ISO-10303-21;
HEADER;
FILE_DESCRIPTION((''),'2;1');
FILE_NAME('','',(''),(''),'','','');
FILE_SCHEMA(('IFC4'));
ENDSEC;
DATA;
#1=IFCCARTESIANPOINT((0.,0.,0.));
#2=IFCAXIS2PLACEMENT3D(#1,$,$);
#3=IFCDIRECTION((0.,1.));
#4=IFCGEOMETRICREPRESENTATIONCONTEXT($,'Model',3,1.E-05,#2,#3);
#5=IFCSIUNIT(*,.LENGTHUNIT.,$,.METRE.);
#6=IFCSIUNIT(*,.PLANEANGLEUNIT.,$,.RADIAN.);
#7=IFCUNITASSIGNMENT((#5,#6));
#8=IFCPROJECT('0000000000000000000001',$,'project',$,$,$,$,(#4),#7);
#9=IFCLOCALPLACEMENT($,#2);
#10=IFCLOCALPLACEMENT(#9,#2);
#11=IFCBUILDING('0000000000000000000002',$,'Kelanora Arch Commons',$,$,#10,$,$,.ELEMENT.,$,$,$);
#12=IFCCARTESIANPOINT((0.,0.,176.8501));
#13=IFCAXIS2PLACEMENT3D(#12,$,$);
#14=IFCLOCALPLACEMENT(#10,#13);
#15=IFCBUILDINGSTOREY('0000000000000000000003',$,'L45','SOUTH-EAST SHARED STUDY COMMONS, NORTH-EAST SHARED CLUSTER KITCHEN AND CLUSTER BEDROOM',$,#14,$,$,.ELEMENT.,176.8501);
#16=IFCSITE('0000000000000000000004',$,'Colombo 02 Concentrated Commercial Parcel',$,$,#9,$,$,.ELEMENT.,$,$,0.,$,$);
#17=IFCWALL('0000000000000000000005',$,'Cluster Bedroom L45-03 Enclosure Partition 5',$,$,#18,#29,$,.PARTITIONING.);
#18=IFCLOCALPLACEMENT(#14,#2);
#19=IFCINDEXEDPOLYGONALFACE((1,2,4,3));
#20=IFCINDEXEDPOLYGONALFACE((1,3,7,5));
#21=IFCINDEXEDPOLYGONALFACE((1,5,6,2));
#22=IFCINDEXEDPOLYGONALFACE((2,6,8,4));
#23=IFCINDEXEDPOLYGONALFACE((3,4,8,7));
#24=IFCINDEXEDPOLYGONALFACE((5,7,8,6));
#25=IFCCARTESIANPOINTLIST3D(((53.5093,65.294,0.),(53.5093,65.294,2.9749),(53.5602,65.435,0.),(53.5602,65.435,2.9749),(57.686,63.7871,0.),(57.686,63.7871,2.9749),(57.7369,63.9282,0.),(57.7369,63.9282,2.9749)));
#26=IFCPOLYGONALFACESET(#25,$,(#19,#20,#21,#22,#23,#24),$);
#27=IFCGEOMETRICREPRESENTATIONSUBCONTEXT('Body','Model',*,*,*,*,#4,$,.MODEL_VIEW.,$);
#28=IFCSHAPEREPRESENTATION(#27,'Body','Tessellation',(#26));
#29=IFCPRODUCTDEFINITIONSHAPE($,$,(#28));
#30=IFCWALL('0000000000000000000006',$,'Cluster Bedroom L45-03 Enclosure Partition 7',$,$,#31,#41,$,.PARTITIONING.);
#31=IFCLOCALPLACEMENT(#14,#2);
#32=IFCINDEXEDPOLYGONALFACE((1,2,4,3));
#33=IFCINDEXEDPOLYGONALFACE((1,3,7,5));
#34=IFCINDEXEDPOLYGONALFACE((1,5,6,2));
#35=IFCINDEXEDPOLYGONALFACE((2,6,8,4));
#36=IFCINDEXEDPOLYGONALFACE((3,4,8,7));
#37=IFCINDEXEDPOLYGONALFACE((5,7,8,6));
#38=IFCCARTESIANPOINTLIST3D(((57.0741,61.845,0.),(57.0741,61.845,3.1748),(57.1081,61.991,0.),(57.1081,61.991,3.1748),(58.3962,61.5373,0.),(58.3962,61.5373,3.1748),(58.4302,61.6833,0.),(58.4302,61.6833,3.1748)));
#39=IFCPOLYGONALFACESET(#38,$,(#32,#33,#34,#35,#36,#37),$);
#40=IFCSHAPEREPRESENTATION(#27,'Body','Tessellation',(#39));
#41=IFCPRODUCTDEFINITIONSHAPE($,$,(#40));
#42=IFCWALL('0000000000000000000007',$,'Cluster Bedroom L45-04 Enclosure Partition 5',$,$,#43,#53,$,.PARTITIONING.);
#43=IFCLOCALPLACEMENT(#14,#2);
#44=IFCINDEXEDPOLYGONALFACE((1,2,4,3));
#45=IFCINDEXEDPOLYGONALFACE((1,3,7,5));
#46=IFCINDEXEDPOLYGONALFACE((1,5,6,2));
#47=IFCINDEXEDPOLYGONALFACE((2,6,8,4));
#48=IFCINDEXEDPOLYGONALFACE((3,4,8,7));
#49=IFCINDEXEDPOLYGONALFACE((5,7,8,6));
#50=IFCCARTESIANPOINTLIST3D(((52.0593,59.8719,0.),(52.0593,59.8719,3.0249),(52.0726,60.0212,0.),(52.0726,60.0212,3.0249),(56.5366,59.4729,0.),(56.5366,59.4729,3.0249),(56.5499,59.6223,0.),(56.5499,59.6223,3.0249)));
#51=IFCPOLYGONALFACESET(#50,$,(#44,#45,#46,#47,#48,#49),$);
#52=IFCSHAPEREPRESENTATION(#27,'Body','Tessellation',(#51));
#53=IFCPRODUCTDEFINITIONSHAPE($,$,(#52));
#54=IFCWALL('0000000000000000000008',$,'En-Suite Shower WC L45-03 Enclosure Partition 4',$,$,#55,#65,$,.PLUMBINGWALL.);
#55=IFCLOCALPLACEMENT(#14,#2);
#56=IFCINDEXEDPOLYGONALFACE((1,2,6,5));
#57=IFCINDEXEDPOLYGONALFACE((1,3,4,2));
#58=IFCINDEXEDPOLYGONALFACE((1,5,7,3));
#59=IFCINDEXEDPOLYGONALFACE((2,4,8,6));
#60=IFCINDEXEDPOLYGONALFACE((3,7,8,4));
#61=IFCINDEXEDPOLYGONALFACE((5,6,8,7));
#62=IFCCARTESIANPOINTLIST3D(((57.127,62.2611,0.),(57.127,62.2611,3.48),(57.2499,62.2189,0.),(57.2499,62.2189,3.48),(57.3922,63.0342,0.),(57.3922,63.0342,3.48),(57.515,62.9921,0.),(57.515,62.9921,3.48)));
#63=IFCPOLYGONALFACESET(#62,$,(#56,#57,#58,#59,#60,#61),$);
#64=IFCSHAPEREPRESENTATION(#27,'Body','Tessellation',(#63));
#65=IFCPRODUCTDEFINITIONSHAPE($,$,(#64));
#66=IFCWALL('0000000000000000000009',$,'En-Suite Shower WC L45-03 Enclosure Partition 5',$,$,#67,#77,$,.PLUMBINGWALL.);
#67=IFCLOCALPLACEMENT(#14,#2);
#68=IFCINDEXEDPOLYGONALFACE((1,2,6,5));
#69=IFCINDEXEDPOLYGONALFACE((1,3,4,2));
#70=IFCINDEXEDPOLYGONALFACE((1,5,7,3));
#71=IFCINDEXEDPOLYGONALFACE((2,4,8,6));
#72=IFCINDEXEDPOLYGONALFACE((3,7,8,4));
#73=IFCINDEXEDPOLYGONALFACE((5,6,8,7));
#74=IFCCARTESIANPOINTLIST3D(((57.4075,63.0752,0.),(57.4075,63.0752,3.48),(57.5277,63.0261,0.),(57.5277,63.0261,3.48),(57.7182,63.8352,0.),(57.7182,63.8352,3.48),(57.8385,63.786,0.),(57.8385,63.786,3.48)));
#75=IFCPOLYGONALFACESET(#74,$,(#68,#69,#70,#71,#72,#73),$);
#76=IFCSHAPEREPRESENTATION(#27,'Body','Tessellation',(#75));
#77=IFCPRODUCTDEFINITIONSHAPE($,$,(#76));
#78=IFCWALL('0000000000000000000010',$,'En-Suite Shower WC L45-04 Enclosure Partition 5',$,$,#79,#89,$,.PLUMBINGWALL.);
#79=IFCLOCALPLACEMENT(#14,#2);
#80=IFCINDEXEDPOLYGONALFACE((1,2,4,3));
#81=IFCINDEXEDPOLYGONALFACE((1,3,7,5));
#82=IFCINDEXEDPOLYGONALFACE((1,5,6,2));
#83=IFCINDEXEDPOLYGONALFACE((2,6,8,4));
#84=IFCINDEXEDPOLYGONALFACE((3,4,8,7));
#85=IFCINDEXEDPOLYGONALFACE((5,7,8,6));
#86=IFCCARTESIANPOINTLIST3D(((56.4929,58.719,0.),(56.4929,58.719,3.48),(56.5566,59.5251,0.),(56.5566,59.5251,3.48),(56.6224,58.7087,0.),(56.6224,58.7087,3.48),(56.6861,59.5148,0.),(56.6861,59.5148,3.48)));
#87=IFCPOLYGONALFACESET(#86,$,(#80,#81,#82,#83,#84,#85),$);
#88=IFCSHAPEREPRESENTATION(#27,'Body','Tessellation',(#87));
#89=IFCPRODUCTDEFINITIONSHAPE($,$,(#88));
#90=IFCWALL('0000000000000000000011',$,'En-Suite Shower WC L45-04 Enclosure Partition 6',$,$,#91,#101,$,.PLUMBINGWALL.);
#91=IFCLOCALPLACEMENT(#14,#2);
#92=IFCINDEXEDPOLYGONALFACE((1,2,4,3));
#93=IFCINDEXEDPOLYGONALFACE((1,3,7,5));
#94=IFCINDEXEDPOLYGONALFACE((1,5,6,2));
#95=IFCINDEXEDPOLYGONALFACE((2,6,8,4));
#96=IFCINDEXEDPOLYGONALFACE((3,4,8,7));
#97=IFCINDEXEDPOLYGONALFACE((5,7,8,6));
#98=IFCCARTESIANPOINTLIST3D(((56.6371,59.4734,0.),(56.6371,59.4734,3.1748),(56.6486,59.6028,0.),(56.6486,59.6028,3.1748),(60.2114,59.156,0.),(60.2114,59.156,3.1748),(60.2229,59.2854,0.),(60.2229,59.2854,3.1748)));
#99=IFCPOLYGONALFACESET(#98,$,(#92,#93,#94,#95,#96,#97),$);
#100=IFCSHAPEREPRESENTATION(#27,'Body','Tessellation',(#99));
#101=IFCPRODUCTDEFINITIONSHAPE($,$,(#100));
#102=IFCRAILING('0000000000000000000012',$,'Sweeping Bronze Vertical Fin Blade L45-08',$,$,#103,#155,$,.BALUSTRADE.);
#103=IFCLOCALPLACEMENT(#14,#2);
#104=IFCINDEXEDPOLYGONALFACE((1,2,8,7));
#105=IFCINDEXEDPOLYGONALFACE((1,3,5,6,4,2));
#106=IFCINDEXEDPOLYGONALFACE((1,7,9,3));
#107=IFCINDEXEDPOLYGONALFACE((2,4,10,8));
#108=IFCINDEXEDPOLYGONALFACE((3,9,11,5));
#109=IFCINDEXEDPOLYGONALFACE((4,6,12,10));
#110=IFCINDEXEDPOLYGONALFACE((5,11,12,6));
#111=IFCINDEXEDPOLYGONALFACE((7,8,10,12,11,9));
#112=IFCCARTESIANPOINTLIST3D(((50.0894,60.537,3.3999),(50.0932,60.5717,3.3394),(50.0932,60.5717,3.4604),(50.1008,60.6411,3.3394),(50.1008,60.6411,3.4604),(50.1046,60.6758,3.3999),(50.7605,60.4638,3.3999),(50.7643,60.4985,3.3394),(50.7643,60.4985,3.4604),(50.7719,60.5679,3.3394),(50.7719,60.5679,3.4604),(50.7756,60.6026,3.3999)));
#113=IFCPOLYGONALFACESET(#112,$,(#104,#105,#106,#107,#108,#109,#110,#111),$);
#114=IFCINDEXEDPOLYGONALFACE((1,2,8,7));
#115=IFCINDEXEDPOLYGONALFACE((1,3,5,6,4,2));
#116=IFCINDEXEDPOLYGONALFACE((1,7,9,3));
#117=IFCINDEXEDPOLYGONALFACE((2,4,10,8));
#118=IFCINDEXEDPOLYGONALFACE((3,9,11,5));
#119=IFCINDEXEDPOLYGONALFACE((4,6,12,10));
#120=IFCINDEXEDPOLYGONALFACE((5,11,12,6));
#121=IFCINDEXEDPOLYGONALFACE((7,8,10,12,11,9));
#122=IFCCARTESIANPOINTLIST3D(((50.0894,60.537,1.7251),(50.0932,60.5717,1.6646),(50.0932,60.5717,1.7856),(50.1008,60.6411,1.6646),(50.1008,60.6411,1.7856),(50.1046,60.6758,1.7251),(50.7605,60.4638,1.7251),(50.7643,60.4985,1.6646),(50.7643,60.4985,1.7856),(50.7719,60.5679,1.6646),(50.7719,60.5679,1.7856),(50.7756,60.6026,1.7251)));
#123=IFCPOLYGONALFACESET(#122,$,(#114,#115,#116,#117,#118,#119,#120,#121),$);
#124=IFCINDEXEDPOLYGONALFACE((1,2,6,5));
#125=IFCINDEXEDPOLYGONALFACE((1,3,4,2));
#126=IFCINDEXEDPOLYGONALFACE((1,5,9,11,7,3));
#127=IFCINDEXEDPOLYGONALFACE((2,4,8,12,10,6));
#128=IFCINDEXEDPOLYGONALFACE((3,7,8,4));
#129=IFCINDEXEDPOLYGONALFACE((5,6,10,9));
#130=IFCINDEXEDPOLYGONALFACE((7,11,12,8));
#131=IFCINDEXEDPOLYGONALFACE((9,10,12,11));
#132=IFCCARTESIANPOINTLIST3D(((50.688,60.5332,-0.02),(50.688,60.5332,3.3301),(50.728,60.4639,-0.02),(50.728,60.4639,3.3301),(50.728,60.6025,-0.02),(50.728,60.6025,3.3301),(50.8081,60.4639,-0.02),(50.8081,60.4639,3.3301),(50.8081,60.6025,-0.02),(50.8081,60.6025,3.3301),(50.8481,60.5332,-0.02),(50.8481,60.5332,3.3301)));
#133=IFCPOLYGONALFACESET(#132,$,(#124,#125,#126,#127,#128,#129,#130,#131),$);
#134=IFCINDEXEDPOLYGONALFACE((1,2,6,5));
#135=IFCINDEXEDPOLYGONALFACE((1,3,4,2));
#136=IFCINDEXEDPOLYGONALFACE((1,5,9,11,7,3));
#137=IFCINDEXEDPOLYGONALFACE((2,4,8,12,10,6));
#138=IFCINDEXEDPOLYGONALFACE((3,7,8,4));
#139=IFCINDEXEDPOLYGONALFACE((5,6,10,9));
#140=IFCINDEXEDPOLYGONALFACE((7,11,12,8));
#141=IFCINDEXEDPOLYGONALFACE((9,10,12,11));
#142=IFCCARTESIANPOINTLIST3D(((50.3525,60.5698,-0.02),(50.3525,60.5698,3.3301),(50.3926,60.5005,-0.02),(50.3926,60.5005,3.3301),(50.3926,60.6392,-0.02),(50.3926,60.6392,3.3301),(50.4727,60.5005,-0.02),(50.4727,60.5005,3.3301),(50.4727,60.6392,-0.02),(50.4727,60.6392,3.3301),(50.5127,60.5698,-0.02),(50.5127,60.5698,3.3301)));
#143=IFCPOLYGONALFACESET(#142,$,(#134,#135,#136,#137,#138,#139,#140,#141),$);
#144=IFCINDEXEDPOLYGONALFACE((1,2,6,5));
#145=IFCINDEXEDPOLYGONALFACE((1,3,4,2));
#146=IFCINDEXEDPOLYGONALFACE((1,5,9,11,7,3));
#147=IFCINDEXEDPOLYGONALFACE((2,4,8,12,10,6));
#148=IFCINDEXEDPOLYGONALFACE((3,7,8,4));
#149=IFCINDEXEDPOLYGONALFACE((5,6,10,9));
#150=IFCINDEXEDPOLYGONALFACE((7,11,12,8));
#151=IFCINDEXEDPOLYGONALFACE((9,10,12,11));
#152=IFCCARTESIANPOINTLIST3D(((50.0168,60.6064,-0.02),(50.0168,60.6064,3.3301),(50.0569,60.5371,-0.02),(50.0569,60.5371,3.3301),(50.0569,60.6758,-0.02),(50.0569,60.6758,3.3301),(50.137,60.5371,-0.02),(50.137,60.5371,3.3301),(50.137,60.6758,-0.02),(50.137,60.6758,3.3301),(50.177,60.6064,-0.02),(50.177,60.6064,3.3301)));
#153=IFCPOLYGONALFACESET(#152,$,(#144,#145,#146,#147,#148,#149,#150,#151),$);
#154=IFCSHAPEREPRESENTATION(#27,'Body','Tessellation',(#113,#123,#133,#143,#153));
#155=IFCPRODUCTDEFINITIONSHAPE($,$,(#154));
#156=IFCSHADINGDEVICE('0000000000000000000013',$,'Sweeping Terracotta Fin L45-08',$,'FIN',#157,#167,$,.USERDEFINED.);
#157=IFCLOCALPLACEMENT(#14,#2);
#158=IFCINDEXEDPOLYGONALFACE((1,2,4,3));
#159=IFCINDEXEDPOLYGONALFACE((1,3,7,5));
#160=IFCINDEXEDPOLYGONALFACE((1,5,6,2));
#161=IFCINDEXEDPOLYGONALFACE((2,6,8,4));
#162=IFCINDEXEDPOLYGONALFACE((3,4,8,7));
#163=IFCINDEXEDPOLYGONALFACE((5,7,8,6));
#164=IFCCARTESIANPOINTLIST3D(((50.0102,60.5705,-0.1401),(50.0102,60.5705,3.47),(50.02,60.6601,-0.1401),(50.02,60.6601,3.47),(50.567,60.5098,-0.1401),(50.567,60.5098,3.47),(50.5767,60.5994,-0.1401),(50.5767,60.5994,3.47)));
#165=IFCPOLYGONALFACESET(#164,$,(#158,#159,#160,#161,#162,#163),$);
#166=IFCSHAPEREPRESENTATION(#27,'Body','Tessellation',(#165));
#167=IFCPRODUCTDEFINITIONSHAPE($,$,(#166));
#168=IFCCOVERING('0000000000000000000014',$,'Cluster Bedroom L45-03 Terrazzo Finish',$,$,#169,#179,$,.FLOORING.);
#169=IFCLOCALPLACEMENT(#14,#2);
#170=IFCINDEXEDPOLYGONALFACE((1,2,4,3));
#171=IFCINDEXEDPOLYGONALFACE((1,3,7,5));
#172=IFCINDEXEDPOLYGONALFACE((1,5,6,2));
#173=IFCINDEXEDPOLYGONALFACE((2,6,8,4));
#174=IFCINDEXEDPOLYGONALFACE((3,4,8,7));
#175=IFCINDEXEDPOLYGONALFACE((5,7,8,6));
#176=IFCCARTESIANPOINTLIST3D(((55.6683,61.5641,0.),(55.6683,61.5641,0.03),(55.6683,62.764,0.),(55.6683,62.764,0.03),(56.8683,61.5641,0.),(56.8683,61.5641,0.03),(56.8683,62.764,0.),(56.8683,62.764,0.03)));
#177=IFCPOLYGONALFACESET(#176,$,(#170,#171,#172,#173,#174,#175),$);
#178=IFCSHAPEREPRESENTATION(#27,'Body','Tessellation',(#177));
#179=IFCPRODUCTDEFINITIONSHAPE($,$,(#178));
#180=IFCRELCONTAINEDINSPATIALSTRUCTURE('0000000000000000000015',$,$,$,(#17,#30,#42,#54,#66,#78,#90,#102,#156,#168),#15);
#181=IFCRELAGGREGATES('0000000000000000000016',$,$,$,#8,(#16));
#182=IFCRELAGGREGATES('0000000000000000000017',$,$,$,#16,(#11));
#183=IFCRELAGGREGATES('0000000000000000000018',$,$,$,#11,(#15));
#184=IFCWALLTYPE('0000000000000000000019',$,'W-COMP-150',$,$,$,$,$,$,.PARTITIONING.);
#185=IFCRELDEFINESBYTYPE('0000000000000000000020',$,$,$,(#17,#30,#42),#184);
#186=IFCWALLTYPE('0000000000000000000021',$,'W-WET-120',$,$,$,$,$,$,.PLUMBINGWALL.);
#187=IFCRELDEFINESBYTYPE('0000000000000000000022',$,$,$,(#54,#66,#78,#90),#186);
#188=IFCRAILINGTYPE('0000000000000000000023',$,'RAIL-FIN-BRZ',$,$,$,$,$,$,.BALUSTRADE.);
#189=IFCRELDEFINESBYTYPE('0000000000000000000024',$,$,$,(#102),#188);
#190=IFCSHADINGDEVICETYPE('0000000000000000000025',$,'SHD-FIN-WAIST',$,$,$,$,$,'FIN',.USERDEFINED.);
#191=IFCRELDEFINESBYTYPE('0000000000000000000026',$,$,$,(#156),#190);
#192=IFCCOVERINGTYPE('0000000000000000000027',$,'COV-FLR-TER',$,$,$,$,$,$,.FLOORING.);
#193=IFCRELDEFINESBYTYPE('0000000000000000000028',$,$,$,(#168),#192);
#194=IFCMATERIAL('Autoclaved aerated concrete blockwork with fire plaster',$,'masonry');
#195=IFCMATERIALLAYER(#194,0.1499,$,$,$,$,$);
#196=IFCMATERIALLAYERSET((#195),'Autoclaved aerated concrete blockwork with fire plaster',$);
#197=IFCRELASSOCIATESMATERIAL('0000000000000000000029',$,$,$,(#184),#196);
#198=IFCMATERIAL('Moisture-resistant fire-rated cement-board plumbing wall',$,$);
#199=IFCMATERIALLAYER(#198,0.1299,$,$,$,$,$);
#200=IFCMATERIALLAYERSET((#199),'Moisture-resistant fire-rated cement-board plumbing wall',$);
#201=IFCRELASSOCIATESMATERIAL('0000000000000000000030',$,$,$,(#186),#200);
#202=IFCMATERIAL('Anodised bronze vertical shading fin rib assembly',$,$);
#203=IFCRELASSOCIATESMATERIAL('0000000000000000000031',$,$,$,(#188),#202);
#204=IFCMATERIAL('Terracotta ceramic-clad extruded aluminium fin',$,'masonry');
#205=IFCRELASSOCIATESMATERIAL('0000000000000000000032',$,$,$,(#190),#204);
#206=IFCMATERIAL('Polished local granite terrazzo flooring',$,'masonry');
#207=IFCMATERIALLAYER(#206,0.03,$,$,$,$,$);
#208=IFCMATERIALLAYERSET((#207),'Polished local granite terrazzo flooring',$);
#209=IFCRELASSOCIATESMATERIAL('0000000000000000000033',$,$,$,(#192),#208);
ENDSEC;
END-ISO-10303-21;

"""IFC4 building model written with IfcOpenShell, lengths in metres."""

from ifc_helpers import new_model, si_unit, direction, frame, frame_2d, origin, origin_2d, place, context, subcontext, project, spatial, polyline, rectangle, outline, extrude, source, transform, mapped, material, layer, layer_set, type_object, element, save


model = new_model("IFC4")

# Units and contexts
model_context = context("Model", 3, precision=1e-05, world=origin(), true_north=direction((0.0, 1.0)))
body_context = subcontext(model_context, "Body", "Model", "MODEL_VIEW")
ifc_project = project(units=[si_unit("LENGTHUNIT", "METRE"), si_unit("PLANEANGLEUNIT", "RADIAN")], contexts=[model_context])

# Site, building, storey
site_placement = place(None, origin())
site = spatial("IfcSite", under=ifc_project, at=site_placement, Name="Colombo 02 Concentrated Commercial Parcel", CompositionType="ELEMENT", RefElevation=0.0)
building_placement = place(site_placement, origin())
building = spatial("IfcBuilding", under=site, at=building_placement, Name="Kelanora Arch Commons", CompositionType="ELEMENT")
storey_placement = place(building_placement, frame((0.0, 0.0, 176.8501)))
storey = spatial("IfcBuildingStorey", under=building, at=storey_placement, Name="L45", Description="SOUTH-EAST SHARED STUDY COMMONS, NORTH-EAST SHARED CLUSTER KITCHEN AND CLUSTER BEDROOM", CompositionType="ELEMENT", Elevation=176.8501)

# Walls
ifc_material_1 = material(Name="Autoclaved aerated concrete blockwork with fire plaster", Category="masonry")
ifc_layer_1 = layer(ifc_material_1, 0.1499)
ifc_layer_set_1 = layer_set([ifc_layer_1], Name="Autoclaved aerated concrete blockwork with fire plaster")
wall_type_1 = type_object("IfcWallType", Name="W-COMP-150", PredefinedType="PARTITIONING", material=ifc_layer_set_1)
wall_1_placement = place(storey_placement, frame((53.5347, 65.3645, 0.0), z_axis=(0.0, 0.0, 1.0), x_axis=(0.940657, -0.339358, 0.0)))
element("IfcWall", 1, at=wall_1_placement, inside=storey, type_object=wall_type_1, Name="Cluster Bedroom L45-03 Enclosure Partition 5", PredefinedType="PARTITIONING", context=body_context, shape_type="SweptSolid", body=[
    extrude(rectangle(XDim=4.4402, YDim=0.1499, at=frame_2d((2.2202, 0.0))), origin(), (0.0, 0.0, 1.0), 2.9749),
])
wall_2_placement = place(storey_placement, frame((57.0911, 61.918, 0.0), z_axis=(0.0, 0.0, 1.0), x_axis=(0.97398, -0.226633, 0.0)))
element("IfcWall", 2, at=wall_2_placement, inside=storey, type_object=wall_type_1, Name="Cluster Bedroom L45-03 Enclosure Partition 7", PredefinedType="PARTITIONING", context=body_context, shape_type="SweptSolid", body=[
    extrude(rectangle(XDim=1.3574, YDim=0.1499, at=frame_2d((0.6787, 0.0))), origin(), (0.0, 0.0, 1.0), 3.1748),
])
wall_3_placement = place(storey_placement, frame((52.0659, 59.9465, 0.0), z_axis=(0.0, 0.0, 1.0), x_axis=(0.996054, -0.088748, 0.0)))
element("IfcWall", 3, at=wall_3_placement, inside=storey, type_object=wall_type_1, Name="Cluster Bedroom L45-04 Enclosure Partition 5", PredefinedType="PARTITIONING", context=body_context, shape_type="SweptSolid", body=[
    extrude(rectangle(XDim=4.4951, YDim=0.1499, at=frame_2d((2.2476, 0.0))), origin(), (0.0, 0.0, 1.0), 3.0249),
])
ifc_material_2 = material(Name="Moisture-resistant fire-rated cement-board plumbing wall")
ifc_layer_2 = layer(ifc_material_2, 0.1299)
ifc_layer_set_2 = layer_set([ifc_layer_2], Name="Moisture-resistant fire-rated cement-board plumbing wall")
wall_type_2 = type_object("IfcWallType", Name="W-WET-120", PredefinedType="PLUMBINGWALL", material=ifc_layer_set_2)
wall_4_placement = place(storey_placement, frame((57.1885, 62.24, 0.0), z_axis=(0.0, 0.0, 1.0), x_axis=(0.32437, 0.94593, 0.0)))
element("IfcWall", 4, at=wall_4_placement, inside=storey, type_object=wall_type_2, Name="En-Suite Shower WC L45-03 Enclosure Partition 4", PredefinedType="PLUMBINGWALL", context=body_context, shape_type="SweptSolid", body=[
    extrude(rectangle(XDim=0.8174, YDim=0.1299, at=frame_2d((0.4087, 0.0))), origin(), (0.0, 0.0, 1.0), 3.48),
])
wall_5_placement = place(storey_placement, frame((57.4675, 63.0505, 0.0), z_axis=(0.0, 0.0, 1.0), x_axis=(0.378505, 0.925599, 0.0)))
element("IfcWall", 5, at=wall_5_placement, inside=storey, type_object=wall_type_2, Name="En-Suite Shower WC L45-03 Enclosure Partition 5", PredefinedType="PLUMBINGWALL", context=body_context, shape_type="SweptSolid", body=[
    extrude(rectangle(XDim=0.821, YDim=0.1299, at=frame_2d((0.4106, 0.0))), origin(), (0.0, 0.0, 1.0), 3.48),
])
wall_6_placement = place(storey_placement, frame((56.5576, 58.7139, 0.0), z_axis=(0.0, 0.0, 1.0), x_axis=(0.078797, 0.996891, 0.0)))
element("IfcWall", 6, at=wall_6_placement, inside=storey, type_object=wall_type_2, Name="En-Suite Shower WC L45-04 Enclosure Partition 5", PredefinedType="PLUMBINGWALL", context=body_context, shape_type="SweptSolid", body=[
    extrude(rectangle(XDim=0.8086, YDim=0.1299, at=frame_2d((0.4043, 0.0))), origin(), (0.0, 0.0, 1.0), 3.48),
])
wall_7_placement = place(storey_placement, frame((56.6428, 59.5381, 0.0), z_axis=(0.0, 0.0, 1.0), x_axis=(0.996081, -0.08845, 0.0)))
element("IfcWall", 7, at=wall_7_placement, inside=storey, type_object=wall_type_2, Name="En-Suite Shower WC L45-04 Enclosure Partition 6", PredefinedType="PLUMBINGWALL", context=body_context, shape_type="SweptSolid", body=[
    extrude(rectangle(XDim=3.5884, YDim=0.1299, at=frame_2d((1.7942, 0.0))), origin(), (0.0, 0.0, 1.0), 3.1748),
])

# Railing
ifc_material_3 = material(Name="Anodised bronze vertical shading fin rib assembly")
railing_type = type_object("IfcRailingType", Name="RAIL-FIN-BRZ", PredefinedType="BALUSTRADE", material=ifc_material_3)
railing_placement = place(storey_placement, frame((50.7681, 60.5332, -0.02)))
element("IfcRailing", 8, at=railing_placement, inside=storey, type_object=railing_type, Name="Sweeping Bronze Vertical Fin Blade L45-08", PredefinedType="BALUSTRADE", context=body_context, shape_type="SweptSolid", body=[
    extrude(outline(polyline([(0.0698, 0.0), (0.0349, 0.0605), (-0.0349, 0.0605), (-0.0698, 0.0), (-0.0349, -0.0605), (0.0349, -0.0605), (0.0698, 0.0)])), frame((0.0, 0.0, 3.4199), z_axis=(-0.994098, 0.108486, 0.0), x_axis=(-0.108486, -0.994098, 0.0)), (0.0, 0.0, 1.0), 0.675),
    extrude(outline(polyline([(0.0698, 0.0), (0.0349, 0.0605), (-0.0349, 0.0605), (-0.0698, 0.0), (-0.0349, -0.0605), (0.0349, -0.0605), (0.0698, 0.0)])), frame((0.0, 0.0, 1.7451), z_axis=(-0.994098, 0.108486, 0.0), x_axis=(-0.108486, -0.994098, 0.0)), (0.0, 0.0, 1.0), 0.675),
    extrude(outline(polyline([(0.0801, 0.0), (0.04, 0.0693), (-0.04, 0.0693), (-0.0801, 0.0), (-0.04, -0.0693), (0.04, -0.0693), (0.0801, 0.0)])), origin(), (0.0, 0.0, 1.0), 3.3501),
    extrude(outline(polyline([(0.0801, 0.0), (0.04, 0.0693), (-0.04, 0.0693), (-0.0801, 0.0), (-0.04, -0.0693), (0.04, -0.0693), (0.0801, 0.0)])), frame((-0.3354, 0.0366, 0.0)), (0.0, 0.0, 1.0), 3.3501),
    extrude(outline(polyline([(0.0801, 0.0), (0.04, 0.0693), (-0.04, 0.0693), (-0.0801, 0.0), (-0.04, -0.0693), (0.04, -0.0693), (0.0801, 0.0)])), frame((-0.6711, 0.0732, 0.0)), (0.0, 0.0, 1.0), 3.3501),
])

# Shading device
ifc_material_4 = material(Name="Terracotta ceramic-clad extruded aluminium fin", Category="masonry")
shading_device_type = type_object("IfcShadingDeviceType", Name="SHD-FIN-WAIST", ElementType="FIN", PredefinedType="USERDEFINED", material=ifc_material_4)
shared_shape_1 = source(origin(), body_context, "Body", "SweptSolid", [
    extrude(rectangle(XDim=0.5601, YDim=0.0901, at=origin_2d()), origin(), (0.0, 0.0, 1.0), 3.6101),
])
shading_device_placement = place(storey_placement, frame((50.2935, 60.585, -0.1401), z_axis=(0.0, 0.0, 1.0), x_axis=(-0.994113, 0.108346, 0.0)))
element("IfcShadingDevice", 9, at=shading_device_placement, inside=storey, type_object=shading_device_type, Name="Sweeping Terracotta Fin L45-08", ObjectType="FIN", PredefinedType="USERDEFINED", context=body_context, shape_type="MappedRepresentation", body=[
    mapped(shared_shape_1, transform((0.0, 0.0, 0.0), scale=1.0)),
])

# Covering
ifc_material_5 = material(Name="Polished local granite terrazzo flooring", Category="masonry")
ifc_layer_3 = layer(ifc_material_5, 0.03)
ifc_layer_set_3 = layer_set([ifc_layer_3], Name="Polished local granite terrazzo flooring")
covering_type = type_object("IfcCoveringType", Name="COV-FLR-TER", PredefinedType="FLOORING", material=ifc_layer_set_3)
shared_shape_2 = source(origin(), body_context, "Body", "SweptSolid", [
    extrude(rectangle(XDim=1.2, YDim=1.2, at=origin_2d()), origin(), (0.0, 0.0, 1.0), 0.03),
])
covering_placement = place(storey_placement, frame((56.2683, 62.1641, 0.0), z_axis=(0.0, 0.0, 1.0), x_axis=(1.0, 0.0, 0.0)))
element("IfcCovering", 10, at=covering_placement, inside=storey, type_object=covering_type, Name="Cluster Bedroom L45-03 Terrazzo Finish", PredefinedType="FLOORING", context=body_context, shape_type="MappedRepresentation", body=[
    mapped(shared_shape_2, transform((0.0, 0.0, 0.0), scale=1.0)),
])

save(model, "model.ifc")
